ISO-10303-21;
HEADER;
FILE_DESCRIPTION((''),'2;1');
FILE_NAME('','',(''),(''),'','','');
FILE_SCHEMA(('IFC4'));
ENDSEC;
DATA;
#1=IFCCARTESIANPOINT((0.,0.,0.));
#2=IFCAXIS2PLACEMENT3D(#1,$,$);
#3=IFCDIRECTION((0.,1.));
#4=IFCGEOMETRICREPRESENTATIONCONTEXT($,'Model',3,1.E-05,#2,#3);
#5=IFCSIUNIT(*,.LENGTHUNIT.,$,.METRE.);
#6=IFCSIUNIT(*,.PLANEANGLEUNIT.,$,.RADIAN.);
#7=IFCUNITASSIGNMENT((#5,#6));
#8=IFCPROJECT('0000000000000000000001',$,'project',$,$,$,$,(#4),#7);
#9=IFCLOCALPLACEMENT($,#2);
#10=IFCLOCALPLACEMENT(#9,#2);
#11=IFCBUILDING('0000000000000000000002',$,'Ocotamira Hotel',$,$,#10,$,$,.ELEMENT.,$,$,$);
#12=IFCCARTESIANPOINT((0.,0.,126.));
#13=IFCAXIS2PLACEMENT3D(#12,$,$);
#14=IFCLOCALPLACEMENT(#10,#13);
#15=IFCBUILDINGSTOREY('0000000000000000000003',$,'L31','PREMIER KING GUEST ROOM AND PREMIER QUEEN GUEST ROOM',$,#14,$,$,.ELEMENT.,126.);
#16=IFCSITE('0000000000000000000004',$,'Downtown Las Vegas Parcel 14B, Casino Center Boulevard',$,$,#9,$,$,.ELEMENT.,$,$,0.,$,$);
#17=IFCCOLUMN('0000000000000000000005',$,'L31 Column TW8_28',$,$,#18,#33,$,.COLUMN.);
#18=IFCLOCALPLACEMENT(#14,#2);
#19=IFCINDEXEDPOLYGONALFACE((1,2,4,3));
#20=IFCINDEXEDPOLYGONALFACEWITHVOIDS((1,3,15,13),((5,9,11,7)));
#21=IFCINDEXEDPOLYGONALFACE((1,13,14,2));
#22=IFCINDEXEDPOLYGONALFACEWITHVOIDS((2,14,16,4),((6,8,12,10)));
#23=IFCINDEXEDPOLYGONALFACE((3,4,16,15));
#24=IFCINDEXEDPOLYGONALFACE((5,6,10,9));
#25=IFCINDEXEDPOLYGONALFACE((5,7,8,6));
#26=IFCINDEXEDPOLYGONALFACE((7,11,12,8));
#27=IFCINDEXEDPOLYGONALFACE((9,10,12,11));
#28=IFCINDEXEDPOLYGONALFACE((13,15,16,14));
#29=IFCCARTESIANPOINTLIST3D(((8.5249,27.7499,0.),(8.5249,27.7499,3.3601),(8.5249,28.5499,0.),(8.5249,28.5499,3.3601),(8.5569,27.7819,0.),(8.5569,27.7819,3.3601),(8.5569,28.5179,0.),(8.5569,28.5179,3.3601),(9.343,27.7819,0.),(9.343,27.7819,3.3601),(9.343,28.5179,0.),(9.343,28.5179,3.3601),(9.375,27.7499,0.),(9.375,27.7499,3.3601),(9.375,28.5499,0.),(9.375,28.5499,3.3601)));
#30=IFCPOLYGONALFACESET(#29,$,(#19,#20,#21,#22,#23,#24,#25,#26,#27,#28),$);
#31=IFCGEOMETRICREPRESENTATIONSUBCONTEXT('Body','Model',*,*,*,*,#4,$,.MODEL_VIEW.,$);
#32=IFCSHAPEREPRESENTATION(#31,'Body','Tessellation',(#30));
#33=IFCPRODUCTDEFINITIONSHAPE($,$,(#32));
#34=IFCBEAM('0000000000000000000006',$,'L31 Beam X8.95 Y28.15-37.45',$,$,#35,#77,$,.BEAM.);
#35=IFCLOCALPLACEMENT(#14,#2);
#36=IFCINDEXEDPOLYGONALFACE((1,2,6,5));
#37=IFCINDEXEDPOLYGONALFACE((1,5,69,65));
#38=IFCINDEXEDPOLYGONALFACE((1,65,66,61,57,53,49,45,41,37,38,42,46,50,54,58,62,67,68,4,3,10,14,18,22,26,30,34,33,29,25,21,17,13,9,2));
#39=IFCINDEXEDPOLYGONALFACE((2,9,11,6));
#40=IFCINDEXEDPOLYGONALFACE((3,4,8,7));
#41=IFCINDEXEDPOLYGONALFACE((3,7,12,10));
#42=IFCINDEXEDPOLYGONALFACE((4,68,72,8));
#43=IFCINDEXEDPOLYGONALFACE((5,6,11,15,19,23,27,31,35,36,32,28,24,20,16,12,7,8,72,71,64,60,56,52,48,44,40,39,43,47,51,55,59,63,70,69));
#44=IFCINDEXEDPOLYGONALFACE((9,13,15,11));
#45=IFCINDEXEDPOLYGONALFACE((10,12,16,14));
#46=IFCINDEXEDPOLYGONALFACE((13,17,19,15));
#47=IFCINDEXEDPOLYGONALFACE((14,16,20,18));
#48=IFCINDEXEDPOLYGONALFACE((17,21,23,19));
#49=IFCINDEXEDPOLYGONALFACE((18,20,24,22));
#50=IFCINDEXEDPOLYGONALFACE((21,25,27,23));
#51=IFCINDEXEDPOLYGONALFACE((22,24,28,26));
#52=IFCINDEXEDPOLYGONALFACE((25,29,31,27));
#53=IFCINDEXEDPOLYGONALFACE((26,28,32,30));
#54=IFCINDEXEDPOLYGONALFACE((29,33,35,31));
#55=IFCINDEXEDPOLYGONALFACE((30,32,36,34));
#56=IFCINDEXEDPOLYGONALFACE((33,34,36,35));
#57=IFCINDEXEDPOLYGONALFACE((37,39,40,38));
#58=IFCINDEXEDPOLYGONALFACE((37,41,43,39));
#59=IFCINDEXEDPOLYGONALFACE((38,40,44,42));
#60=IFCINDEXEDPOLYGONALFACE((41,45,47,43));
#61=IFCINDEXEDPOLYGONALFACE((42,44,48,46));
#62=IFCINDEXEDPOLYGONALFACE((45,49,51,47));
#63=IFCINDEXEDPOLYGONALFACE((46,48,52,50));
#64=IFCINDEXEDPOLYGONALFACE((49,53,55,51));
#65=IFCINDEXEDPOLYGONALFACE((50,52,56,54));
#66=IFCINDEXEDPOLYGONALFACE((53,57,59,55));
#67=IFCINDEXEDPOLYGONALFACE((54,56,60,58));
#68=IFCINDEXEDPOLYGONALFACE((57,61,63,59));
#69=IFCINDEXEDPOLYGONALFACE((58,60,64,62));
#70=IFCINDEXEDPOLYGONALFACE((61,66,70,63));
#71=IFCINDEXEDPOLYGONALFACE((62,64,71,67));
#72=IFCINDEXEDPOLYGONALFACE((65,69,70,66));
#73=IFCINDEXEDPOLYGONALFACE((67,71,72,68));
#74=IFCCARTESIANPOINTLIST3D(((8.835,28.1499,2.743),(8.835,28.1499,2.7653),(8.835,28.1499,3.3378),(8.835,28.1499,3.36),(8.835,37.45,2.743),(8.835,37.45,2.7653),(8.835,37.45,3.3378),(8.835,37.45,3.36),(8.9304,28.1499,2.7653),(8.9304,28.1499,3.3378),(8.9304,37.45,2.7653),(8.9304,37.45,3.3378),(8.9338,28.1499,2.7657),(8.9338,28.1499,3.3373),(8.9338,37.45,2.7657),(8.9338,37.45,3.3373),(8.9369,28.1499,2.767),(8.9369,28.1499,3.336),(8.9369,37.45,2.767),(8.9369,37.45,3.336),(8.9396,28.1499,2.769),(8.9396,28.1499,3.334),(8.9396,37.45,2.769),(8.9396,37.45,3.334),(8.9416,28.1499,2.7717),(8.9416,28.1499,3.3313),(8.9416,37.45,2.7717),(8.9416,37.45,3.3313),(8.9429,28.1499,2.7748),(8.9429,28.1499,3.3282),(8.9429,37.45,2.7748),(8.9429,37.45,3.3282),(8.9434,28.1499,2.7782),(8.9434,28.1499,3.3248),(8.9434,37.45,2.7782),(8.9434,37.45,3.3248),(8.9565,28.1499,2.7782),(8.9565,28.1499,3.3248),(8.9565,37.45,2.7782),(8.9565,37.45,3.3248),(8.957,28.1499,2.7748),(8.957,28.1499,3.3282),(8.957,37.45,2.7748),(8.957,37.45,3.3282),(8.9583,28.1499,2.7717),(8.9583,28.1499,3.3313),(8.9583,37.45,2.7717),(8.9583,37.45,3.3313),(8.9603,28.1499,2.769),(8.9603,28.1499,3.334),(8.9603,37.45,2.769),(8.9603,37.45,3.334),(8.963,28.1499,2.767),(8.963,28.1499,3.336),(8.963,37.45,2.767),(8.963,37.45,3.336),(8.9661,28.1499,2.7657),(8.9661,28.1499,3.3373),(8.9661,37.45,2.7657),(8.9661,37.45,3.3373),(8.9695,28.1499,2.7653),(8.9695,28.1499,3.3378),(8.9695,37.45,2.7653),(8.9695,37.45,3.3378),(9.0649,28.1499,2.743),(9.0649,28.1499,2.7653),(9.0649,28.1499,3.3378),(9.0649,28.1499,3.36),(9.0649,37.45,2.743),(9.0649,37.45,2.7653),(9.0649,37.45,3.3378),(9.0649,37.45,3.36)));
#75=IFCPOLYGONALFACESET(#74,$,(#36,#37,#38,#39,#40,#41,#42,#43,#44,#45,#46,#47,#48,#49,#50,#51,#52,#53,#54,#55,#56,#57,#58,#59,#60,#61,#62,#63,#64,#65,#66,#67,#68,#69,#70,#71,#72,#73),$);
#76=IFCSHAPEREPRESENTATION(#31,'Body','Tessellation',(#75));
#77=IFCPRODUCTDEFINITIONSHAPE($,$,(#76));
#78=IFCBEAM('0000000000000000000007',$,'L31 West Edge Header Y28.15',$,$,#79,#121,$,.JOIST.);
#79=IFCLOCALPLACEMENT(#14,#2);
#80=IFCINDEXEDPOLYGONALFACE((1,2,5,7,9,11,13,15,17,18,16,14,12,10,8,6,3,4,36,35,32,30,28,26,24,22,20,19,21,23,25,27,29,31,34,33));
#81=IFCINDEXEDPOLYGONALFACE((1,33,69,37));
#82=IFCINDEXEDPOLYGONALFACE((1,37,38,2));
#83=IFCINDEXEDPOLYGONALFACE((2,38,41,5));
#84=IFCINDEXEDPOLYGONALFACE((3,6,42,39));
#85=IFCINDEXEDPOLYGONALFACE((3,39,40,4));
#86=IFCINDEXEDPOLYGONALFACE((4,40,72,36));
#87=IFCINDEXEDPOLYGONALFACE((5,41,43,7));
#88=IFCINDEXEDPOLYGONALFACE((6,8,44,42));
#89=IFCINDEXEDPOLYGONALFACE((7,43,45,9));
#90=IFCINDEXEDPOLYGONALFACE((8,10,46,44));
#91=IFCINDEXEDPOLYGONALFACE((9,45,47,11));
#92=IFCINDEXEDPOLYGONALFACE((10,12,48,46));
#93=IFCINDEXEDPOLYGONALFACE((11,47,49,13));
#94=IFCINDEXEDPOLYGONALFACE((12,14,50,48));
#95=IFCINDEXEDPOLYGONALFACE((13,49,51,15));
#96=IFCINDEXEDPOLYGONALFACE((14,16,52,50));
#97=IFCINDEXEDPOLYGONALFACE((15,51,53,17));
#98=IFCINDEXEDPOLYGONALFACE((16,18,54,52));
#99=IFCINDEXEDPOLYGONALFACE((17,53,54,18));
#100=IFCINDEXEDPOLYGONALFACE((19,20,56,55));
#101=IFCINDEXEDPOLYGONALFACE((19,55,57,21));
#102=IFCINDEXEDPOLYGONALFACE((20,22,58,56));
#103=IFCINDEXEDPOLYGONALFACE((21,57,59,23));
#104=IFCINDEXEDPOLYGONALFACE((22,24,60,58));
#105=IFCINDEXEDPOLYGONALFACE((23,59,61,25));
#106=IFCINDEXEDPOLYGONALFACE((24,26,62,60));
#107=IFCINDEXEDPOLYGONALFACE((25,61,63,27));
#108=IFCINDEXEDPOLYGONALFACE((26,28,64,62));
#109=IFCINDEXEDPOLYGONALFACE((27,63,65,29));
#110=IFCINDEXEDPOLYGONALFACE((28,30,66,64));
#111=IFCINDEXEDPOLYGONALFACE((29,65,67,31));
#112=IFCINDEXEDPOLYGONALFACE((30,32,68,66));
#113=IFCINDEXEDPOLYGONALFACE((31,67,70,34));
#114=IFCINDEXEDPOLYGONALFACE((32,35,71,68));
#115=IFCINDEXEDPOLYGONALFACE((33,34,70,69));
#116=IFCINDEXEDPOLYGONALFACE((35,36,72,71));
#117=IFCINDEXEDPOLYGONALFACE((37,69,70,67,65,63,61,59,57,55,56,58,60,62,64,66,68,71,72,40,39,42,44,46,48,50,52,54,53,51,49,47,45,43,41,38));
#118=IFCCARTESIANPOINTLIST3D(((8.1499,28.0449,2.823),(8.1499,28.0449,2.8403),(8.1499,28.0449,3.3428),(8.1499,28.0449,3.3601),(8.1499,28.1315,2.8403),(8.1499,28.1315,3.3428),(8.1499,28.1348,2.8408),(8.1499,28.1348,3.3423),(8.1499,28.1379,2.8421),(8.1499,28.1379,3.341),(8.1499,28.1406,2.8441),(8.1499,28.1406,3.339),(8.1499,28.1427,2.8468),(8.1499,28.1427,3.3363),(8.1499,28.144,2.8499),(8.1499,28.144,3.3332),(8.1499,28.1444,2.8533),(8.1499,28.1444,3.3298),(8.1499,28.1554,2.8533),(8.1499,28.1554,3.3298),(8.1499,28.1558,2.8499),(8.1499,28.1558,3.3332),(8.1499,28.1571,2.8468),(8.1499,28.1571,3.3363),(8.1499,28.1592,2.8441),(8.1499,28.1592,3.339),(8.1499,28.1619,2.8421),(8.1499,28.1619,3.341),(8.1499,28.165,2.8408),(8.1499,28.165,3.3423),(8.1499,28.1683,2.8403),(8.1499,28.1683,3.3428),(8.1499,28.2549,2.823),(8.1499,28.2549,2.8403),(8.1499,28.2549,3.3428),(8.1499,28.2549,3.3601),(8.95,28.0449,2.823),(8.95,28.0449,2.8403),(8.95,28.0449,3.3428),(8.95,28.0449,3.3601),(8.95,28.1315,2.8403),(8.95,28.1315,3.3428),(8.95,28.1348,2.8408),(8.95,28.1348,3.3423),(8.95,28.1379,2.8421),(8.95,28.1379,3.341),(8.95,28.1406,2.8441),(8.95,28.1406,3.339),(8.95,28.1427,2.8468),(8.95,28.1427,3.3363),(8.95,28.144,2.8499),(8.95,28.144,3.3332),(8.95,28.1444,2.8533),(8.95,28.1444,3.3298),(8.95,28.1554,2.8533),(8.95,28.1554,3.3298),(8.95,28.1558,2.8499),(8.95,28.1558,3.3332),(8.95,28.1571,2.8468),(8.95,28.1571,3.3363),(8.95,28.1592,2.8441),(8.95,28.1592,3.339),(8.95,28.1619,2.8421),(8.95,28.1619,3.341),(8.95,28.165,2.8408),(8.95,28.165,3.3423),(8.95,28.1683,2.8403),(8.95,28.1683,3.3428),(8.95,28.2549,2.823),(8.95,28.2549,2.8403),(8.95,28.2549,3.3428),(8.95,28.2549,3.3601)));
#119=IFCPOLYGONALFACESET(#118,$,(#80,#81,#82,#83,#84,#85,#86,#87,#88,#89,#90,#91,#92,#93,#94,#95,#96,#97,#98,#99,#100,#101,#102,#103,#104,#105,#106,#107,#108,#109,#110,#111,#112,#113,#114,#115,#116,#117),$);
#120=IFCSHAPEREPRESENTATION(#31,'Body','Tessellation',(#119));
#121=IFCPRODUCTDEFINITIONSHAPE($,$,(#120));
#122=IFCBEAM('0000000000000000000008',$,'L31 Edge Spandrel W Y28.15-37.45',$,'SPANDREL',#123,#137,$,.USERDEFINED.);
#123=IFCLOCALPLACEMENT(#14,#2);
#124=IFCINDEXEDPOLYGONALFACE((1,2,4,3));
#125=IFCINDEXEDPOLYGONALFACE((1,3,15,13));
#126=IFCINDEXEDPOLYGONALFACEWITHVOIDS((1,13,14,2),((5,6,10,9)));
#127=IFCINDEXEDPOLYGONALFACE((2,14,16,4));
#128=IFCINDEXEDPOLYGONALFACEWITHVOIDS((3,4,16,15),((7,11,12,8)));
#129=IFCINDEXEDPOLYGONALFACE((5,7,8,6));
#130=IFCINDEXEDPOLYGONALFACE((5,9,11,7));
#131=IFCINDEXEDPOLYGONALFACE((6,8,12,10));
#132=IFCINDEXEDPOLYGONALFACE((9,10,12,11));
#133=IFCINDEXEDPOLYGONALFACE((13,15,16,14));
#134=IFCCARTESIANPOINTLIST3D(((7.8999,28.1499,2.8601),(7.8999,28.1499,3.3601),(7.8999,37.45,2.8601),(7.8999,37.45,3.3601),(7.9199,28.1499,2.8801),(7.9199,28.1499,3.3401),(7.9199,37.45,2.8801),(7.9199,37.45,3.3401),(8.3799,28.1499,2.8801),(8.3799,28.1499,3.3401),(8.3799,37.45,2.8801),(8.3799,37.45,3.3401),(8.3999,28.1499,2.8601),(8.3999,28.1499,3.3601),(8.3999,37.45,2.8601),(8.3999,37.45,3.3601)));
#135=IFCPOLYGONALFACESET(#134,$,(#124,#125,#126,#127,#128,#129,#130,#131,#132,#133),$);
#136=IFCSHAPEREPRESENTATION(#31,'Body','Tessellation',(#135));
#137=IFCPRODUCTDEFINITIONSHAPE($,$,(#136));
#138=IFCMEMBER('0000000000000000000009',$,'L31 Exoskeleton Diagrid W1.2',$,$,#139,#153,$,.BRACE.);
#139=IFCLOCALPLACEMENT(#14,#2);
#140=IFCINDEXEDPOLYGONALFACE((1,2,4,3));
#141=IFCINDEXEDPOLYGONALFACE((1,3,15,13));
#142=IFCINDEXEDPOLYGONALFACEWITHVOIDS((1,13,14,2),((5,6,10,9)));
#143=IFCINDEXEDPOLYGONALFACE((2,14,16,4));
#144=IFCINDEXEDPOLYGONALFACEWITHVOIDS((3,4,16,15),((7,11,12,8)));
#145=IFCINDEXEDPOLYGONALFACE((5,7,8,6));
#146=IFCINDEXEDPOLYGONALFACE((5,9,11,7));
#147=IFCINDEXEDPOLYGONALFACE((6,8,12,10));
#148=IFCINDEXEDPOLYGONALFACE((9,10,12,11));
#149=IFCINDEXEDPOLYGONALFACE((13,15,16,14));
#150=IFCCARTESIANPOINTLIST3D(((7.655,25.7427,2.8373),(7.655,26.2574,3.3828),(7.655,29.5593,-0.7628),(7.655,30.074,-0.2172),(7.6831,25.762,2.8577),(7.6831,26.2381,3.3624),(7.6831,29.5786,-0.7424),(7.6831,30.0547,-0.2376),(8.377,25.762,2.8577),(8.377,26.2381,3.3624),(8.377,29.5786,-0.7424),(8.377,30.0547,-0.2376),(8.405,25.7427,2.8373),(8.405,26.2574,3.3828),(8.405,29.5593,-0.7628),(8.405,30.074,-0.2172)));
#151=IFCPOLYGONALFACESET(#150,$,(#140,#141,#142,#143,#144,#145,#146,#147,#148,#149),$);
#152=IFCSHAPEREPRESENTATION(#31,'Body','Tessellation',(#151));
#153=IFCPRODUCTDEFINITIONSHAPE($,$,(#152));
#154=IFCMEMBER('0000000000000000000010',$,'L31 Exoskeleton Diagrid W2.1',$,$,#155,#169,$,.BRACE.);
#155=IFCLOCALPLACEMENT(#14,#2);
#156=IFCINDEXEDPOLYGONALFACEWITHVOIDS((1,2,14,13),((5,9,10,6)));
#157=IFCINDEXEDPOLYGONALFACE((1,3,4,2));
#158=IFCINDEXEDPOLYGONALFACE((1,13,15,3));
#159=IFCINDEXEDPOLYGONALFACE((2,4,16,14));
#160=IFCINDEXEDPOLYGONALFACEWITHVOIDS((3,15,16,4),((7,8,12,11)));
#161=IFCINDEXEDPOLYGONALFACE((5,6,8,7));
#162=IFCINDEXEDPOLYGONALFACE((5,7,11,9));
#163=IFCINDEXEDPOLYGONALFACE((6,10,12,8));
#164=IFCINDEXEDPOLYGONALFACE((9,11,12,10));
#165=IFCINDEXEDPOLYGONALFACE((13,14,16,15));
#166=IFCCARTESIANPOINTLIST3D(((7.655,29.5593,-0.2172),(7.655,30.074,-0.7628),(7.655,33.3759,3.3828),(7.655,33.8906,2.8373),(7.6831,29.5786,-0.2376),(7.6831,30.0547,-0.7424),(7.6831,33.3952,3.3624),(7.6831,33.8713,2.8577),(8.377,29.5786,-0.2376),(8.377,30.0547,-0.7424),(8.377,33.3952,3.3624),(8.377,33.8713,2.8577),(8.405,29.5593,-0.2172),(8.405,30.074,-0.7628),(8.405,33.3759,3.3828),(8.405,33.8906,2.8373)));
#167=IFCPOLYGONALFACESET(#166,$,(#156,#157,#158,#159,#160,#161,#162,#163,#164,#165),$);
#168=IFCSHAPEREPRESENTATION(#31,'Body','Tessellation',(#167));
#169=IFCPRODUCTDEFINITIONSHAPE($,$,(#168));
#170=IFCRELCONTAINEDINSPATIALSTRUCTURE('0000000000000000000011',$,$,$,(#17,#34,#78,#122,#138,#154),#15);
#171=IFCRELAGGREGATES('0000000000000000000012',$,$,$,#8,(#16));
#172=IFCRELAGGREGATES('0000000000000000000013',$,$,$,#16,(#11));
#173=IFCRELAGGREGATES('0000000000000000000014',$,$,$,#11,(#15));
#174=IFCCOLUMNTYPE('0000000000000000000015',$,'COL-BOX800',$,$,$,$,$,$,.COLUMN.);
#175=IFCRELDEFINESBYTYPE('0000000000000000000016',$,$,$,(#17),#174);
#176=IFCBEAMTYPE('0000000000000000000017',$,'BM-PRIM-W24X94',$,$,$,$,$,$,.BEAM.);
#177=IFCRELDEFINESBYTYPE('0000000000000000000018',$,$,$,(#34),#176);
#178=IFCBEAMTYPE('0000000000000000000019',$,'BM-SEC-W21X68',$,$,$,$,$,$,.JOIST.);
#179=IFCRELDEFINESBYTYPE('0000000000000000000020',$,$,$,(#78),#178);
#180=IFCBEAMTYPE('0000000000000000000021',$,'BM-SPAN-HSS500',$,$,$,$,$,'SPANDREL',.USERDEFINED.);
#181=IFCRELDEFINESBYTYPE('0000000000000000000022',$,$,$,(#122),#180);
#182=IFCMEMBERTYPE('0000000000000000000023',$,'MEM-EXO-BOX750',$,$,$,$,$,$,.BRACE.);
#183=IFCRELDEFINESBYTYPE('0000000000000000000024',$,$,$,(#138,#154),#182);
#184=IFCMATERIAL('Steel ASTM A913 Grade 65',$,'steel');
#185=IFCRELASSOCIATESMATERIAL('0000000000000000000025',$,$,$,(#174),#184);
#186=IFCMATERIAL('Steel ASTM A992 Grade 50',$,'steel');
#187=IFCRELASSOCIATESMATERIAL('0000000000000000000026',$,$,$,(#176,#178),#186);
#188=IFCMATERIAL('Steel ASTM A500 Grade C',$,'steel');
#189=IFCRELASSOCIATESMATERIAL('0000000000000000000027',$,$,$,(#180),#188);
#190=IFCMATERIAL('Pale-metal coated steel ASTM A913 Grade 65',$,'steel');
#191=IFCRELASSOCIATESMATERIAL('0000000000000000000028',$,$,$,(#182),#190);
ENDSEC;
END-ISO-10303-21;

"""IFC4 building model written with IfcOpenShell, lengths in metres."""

from ifc_helpers import new_model, si_unit, direction, frame, origin, origin_2d, place, context, subcontext, project, spatial, hollow_rectangle, i_section, extrude, source, transform, mapped, material, material_profile, profile_set, type_object, element, save


model = new_model("IFC4")

# Units and contexts
model_context = context("Model", 3, precision=1e-05, world=origin(), true_north=direction((0.0, 1.0)))
body_context = subcontext(model_context, "Body", "Model", "MODEL_VIEW")
ifc_project = project(units=[si_unit("LENGTHUNIT", "METRE"), si_unit("PLANEANGLEUNIT", "RADIAN")], contexts=[model_context])

# Site, building, storey
site_placement = place(None, origin())
site = spatial("IfcSite", under=ifc_project, at=site_placement, Name="Downtown Las Vegas Parcel 14B, Casino Center Boulevard", CompositionType="ELEMENT", RefElevation=0.0)
building_placement = place(site_placement, origin())
building = spatial("IfcBuilding", under=site, at=building_placement, Name="Ocotamira Hotel", CompositionType="ELEMENT")
storey_placement = place(building_placement, frame((0.0, 0.0, 126.0)))
storey = spatial("IfcBuildingStorey", under=building, at=storey_placement, Name="L31", Description="PREMIER KING GUEST ROOM AND PREMIER QUEEN GUEST ROOM", CompositionType="ELEMENT", Elevation=126.0)

# Column
ifc_material_1 = material(Name="Steel ASTM A913 Grade 65", Category="steel")
ifc_material_profile_1 = material_profile(ifc_material_1, hollow_rectangle(XDim=0.8501, YDim=0.8, WallThickness=0.032, at=origin_2d()), Name="BOX800X850X32")
ifc_profile_set_1 = profile_set([ifc_material_profile_1], Name="Steel ASTM A913 Grade 65")
column_type = type_object("IfcColumnType", Name="COL-BOX800", PredefinedType="COLUMN", material=ifc_profile_set_1)
shared_shape_1 = source(origin(), body_context, "Body", "SweptSolid", [
    extrude(hollow_rectangle(XDim=0.8501, YDim=0.8, WallThickness=0.032, at=origin_2d()), origin(), (0.0, 0.0, 1.0), 3.3601),
])
column_placement = place(storey_placement, frame((8.95, 28.1499, 0.0), z_axis=(0.0, 0.0, 1.0), x_axis=(1.0, 0.0, 0.0)))
element("IfcColumn", 1, at=column_placement, inside=storey, type_object=column_type, Name="L31 Column TW8_28", PredefinedType="COLUMN", context=body_context, shape_type="MappedRepresentation", body=[
    mapped(shared_shape_1, transform((0.0, 0.0, 0.0), scale=1.0)),
])

# Beams
ifc_material_2 = material(Name="Steel ASTM A992 Grade 50", Category="steel")
ifc_material_profile_2 = material_profile(ifc_material_2, i_section(OverallWidth=0.23, OverallDepth=0.6169, WebThickness=0.0132, FlangeThickness=0.0222, FilletRadius=0.0129, at=origin_2d()), Name="W24X94")
ifc_profile_set_2 = profile_set([ifc_material_profile_2], Name="Steel ASTM A992 Grade 50")
beam_type_1 = type_object("IfcBeamType", Name="BM-PRIM-W24X94", PredefinedType="BEAM", material=ifc_profile_set_2)
shared_shape_2 = source(origin(), body_context, "Body", "SweptSolid", [
    extrude(i_section(OverallWidth=0.23, OverallDepth=0.6169, WebThickness=0.0132, FlangeThickness=0.0222, FilletRadius=0.0129, at=origin_2d()), origin(), (0.0, 0.0, 1.0), 9.3),
])
beam_1_placement = place(storey_placement, frame((8.95, 28.1499, 3.0515), z_axis=(0.0, 1.0, 0.0), x_axis=(-1.0, 0.0, 0.0)))
element("IfcBeam", 2, at=beam_1_placement, inside=storey, type_object=beam_type_1, Name="L31 Beam X8.95 Y28.15-37.45", PredefinedType="BEAM", context=body_context, shape_type="MappedRepresentation", body=[
    mapped(shared_shape_2, transform((0.0, 0.0, 0.0), scale=1.0)),
])
ifc_material_profile_3 = material_profile(ifc_material_2, i_section(OverallWidth=0.21, OverallDepth=0.5371, WebThickness=0.011, FlangeThickness=0.0173, FilletRadius=0.0129, at=origin_2d()), Name="W21X68")
ifc_profile_set_3 = profile_set([ifc_material_profile_3], Name="Steel ASTM A992 Grade 50")
beam_type_2 = type_object("IfcBeamType", Name="BM-SEC-W21X68", PredefinedType="JOIST", material=ifc_profile_set_3)
shared_shape_3 = source(origin(), body_context, "Body", "SweptSolid", [
    extrude(i_section(OverallWidth=0.21, OverallDepth=0.5371, WebThickness=0.011, FlangeThickness=0.0173, FilletRadius=0.0129, at=origin_2d()), origin(), (0.0, 0.0, 1.0), 0.8),
])
beam_2_placement = place(storey_placement, frame((8.95, 28.1499, 3.0916), z_axis=(-1.0, 0.0, 0.0), x_axis=(0.0, -1.0, 0.0)))
element("IfcBeam", 3, at=beam_2_placement, inside=storey, type_object=beam_type_2, Name="L31 West Edge Header Y28.15", PredefinedType="JOIST", context=body_context, shape_type="MappedRepresentation", body=[
    mapped(shared_shape_3, transform((0.0, 0.0, 0.0), scale=1.0)),
])
ifc_material_3 = material(Name="Steel ASTM A500 Grade C", Category="steel")
ifc_material_profile_4 = material_profile(ifc_material_3, hollow_rectangle(XDim=0.5, YDim=0.5, WallThickness=0.02, at=origin_2d()), Name="HSS500X500X20")
ifc_profile_set_4 = profile_set([ifc_material_profile_4], Name="Steel ASTM A500 Grade C")
beam_type_3 = type_object("IfcBeamType", Name="BM-SPAN-HSS500", ElementType="SPANDREL", PredefinedType="USERDEFINED", material=ifc_profile_set_4)
shared_shape_4 = source(origin(), body_context, "Body", "SweptSolid", [
    extrude(hollow_rectangle(XDim=0.5, YDim=0.5, WallThickness=0.02, at=origin_2d()), origin(), (0.0, 0.0, 1.0), 9.3),
])
beam_3_placement = place(storey_placement, frame((8.1499, 28.1499, 3.1101), z_axis=(0.0, 1.0, 0.0), x_axis=(-1.0, 0.0, 0.0)))
element("IfcBeam", 4, at=beam_3_placement, inside=storey, type_object=beam_type_3, Name="L31 Edge Spandrel W Y28.15-37.45", ObjectType="SPANDREL", PredefinedType="USERDEFINED", context=body_context, shape_type="MappedRepresentation", body=[
    mapped(shared_shape_4, transform((0.0, 0.0, 0.0), scale=1.0)),
])

# Members
ifc_material_4 = material(Name="Pale-metal coated steel ASTM A913 Grade 65", Category="steel")
ifc_material_profile_5 = material_profile(ifc_material_4, hollow_rectangle(XDim=0.75, YDim=0.75, WallThickness=0.0281, at=origin_2d()), Name="BOX750X750X28")
ifc_profile_set_5 = profile_set([ifc_material_profile_5], Name="Pale-metal coated steel ASTM A913 Grade 65")
member_type_1 = type_object("IfcMemberType", Name="MEM-EXO-BOX750", PredefinedType="BRACE", material=ifc_profile_set_5)
shared_shape_5 = source(origin(), body_context, "Body", "SweptSolid", [
    extrude(hollow_rectangle(XDim=0.75, YDim=0.75, WallThickness=0.0281, at=origin_2d()), origin(), (0.0, 0.0, 1.0), 5.2466),
])
for number, where, z_axis, x_axis, name in (
    (5, (8.03, 29.8167, -0.49), (0.0, -0.727443, 0.686168), (1.0, 0.0, 0.0), "L31 Exoskeleton Diagrid W1.2"),
    (6, (8.03, 29.8167, -0.49), (0.0, 0.727443, 0.686168), (-1.0, 0.0, 0.0), "L31 Exoskeleton Diagrid W2.1"),
):
    element("IfcMember", number, at=place(storey_placement, frame(where, z_axis=z_axis, x_axis=x_axis)), inside=storey, type_object=member_type_1, Name=name, PredefinedType="BRACE", context=body_context, shape_type="MappedRepresentation", body=[
        mapped(shared_shape_5, transform((0.0, 0.0, 0.0), scale=1.0)),
    ])

save(model, "model.ifc")
